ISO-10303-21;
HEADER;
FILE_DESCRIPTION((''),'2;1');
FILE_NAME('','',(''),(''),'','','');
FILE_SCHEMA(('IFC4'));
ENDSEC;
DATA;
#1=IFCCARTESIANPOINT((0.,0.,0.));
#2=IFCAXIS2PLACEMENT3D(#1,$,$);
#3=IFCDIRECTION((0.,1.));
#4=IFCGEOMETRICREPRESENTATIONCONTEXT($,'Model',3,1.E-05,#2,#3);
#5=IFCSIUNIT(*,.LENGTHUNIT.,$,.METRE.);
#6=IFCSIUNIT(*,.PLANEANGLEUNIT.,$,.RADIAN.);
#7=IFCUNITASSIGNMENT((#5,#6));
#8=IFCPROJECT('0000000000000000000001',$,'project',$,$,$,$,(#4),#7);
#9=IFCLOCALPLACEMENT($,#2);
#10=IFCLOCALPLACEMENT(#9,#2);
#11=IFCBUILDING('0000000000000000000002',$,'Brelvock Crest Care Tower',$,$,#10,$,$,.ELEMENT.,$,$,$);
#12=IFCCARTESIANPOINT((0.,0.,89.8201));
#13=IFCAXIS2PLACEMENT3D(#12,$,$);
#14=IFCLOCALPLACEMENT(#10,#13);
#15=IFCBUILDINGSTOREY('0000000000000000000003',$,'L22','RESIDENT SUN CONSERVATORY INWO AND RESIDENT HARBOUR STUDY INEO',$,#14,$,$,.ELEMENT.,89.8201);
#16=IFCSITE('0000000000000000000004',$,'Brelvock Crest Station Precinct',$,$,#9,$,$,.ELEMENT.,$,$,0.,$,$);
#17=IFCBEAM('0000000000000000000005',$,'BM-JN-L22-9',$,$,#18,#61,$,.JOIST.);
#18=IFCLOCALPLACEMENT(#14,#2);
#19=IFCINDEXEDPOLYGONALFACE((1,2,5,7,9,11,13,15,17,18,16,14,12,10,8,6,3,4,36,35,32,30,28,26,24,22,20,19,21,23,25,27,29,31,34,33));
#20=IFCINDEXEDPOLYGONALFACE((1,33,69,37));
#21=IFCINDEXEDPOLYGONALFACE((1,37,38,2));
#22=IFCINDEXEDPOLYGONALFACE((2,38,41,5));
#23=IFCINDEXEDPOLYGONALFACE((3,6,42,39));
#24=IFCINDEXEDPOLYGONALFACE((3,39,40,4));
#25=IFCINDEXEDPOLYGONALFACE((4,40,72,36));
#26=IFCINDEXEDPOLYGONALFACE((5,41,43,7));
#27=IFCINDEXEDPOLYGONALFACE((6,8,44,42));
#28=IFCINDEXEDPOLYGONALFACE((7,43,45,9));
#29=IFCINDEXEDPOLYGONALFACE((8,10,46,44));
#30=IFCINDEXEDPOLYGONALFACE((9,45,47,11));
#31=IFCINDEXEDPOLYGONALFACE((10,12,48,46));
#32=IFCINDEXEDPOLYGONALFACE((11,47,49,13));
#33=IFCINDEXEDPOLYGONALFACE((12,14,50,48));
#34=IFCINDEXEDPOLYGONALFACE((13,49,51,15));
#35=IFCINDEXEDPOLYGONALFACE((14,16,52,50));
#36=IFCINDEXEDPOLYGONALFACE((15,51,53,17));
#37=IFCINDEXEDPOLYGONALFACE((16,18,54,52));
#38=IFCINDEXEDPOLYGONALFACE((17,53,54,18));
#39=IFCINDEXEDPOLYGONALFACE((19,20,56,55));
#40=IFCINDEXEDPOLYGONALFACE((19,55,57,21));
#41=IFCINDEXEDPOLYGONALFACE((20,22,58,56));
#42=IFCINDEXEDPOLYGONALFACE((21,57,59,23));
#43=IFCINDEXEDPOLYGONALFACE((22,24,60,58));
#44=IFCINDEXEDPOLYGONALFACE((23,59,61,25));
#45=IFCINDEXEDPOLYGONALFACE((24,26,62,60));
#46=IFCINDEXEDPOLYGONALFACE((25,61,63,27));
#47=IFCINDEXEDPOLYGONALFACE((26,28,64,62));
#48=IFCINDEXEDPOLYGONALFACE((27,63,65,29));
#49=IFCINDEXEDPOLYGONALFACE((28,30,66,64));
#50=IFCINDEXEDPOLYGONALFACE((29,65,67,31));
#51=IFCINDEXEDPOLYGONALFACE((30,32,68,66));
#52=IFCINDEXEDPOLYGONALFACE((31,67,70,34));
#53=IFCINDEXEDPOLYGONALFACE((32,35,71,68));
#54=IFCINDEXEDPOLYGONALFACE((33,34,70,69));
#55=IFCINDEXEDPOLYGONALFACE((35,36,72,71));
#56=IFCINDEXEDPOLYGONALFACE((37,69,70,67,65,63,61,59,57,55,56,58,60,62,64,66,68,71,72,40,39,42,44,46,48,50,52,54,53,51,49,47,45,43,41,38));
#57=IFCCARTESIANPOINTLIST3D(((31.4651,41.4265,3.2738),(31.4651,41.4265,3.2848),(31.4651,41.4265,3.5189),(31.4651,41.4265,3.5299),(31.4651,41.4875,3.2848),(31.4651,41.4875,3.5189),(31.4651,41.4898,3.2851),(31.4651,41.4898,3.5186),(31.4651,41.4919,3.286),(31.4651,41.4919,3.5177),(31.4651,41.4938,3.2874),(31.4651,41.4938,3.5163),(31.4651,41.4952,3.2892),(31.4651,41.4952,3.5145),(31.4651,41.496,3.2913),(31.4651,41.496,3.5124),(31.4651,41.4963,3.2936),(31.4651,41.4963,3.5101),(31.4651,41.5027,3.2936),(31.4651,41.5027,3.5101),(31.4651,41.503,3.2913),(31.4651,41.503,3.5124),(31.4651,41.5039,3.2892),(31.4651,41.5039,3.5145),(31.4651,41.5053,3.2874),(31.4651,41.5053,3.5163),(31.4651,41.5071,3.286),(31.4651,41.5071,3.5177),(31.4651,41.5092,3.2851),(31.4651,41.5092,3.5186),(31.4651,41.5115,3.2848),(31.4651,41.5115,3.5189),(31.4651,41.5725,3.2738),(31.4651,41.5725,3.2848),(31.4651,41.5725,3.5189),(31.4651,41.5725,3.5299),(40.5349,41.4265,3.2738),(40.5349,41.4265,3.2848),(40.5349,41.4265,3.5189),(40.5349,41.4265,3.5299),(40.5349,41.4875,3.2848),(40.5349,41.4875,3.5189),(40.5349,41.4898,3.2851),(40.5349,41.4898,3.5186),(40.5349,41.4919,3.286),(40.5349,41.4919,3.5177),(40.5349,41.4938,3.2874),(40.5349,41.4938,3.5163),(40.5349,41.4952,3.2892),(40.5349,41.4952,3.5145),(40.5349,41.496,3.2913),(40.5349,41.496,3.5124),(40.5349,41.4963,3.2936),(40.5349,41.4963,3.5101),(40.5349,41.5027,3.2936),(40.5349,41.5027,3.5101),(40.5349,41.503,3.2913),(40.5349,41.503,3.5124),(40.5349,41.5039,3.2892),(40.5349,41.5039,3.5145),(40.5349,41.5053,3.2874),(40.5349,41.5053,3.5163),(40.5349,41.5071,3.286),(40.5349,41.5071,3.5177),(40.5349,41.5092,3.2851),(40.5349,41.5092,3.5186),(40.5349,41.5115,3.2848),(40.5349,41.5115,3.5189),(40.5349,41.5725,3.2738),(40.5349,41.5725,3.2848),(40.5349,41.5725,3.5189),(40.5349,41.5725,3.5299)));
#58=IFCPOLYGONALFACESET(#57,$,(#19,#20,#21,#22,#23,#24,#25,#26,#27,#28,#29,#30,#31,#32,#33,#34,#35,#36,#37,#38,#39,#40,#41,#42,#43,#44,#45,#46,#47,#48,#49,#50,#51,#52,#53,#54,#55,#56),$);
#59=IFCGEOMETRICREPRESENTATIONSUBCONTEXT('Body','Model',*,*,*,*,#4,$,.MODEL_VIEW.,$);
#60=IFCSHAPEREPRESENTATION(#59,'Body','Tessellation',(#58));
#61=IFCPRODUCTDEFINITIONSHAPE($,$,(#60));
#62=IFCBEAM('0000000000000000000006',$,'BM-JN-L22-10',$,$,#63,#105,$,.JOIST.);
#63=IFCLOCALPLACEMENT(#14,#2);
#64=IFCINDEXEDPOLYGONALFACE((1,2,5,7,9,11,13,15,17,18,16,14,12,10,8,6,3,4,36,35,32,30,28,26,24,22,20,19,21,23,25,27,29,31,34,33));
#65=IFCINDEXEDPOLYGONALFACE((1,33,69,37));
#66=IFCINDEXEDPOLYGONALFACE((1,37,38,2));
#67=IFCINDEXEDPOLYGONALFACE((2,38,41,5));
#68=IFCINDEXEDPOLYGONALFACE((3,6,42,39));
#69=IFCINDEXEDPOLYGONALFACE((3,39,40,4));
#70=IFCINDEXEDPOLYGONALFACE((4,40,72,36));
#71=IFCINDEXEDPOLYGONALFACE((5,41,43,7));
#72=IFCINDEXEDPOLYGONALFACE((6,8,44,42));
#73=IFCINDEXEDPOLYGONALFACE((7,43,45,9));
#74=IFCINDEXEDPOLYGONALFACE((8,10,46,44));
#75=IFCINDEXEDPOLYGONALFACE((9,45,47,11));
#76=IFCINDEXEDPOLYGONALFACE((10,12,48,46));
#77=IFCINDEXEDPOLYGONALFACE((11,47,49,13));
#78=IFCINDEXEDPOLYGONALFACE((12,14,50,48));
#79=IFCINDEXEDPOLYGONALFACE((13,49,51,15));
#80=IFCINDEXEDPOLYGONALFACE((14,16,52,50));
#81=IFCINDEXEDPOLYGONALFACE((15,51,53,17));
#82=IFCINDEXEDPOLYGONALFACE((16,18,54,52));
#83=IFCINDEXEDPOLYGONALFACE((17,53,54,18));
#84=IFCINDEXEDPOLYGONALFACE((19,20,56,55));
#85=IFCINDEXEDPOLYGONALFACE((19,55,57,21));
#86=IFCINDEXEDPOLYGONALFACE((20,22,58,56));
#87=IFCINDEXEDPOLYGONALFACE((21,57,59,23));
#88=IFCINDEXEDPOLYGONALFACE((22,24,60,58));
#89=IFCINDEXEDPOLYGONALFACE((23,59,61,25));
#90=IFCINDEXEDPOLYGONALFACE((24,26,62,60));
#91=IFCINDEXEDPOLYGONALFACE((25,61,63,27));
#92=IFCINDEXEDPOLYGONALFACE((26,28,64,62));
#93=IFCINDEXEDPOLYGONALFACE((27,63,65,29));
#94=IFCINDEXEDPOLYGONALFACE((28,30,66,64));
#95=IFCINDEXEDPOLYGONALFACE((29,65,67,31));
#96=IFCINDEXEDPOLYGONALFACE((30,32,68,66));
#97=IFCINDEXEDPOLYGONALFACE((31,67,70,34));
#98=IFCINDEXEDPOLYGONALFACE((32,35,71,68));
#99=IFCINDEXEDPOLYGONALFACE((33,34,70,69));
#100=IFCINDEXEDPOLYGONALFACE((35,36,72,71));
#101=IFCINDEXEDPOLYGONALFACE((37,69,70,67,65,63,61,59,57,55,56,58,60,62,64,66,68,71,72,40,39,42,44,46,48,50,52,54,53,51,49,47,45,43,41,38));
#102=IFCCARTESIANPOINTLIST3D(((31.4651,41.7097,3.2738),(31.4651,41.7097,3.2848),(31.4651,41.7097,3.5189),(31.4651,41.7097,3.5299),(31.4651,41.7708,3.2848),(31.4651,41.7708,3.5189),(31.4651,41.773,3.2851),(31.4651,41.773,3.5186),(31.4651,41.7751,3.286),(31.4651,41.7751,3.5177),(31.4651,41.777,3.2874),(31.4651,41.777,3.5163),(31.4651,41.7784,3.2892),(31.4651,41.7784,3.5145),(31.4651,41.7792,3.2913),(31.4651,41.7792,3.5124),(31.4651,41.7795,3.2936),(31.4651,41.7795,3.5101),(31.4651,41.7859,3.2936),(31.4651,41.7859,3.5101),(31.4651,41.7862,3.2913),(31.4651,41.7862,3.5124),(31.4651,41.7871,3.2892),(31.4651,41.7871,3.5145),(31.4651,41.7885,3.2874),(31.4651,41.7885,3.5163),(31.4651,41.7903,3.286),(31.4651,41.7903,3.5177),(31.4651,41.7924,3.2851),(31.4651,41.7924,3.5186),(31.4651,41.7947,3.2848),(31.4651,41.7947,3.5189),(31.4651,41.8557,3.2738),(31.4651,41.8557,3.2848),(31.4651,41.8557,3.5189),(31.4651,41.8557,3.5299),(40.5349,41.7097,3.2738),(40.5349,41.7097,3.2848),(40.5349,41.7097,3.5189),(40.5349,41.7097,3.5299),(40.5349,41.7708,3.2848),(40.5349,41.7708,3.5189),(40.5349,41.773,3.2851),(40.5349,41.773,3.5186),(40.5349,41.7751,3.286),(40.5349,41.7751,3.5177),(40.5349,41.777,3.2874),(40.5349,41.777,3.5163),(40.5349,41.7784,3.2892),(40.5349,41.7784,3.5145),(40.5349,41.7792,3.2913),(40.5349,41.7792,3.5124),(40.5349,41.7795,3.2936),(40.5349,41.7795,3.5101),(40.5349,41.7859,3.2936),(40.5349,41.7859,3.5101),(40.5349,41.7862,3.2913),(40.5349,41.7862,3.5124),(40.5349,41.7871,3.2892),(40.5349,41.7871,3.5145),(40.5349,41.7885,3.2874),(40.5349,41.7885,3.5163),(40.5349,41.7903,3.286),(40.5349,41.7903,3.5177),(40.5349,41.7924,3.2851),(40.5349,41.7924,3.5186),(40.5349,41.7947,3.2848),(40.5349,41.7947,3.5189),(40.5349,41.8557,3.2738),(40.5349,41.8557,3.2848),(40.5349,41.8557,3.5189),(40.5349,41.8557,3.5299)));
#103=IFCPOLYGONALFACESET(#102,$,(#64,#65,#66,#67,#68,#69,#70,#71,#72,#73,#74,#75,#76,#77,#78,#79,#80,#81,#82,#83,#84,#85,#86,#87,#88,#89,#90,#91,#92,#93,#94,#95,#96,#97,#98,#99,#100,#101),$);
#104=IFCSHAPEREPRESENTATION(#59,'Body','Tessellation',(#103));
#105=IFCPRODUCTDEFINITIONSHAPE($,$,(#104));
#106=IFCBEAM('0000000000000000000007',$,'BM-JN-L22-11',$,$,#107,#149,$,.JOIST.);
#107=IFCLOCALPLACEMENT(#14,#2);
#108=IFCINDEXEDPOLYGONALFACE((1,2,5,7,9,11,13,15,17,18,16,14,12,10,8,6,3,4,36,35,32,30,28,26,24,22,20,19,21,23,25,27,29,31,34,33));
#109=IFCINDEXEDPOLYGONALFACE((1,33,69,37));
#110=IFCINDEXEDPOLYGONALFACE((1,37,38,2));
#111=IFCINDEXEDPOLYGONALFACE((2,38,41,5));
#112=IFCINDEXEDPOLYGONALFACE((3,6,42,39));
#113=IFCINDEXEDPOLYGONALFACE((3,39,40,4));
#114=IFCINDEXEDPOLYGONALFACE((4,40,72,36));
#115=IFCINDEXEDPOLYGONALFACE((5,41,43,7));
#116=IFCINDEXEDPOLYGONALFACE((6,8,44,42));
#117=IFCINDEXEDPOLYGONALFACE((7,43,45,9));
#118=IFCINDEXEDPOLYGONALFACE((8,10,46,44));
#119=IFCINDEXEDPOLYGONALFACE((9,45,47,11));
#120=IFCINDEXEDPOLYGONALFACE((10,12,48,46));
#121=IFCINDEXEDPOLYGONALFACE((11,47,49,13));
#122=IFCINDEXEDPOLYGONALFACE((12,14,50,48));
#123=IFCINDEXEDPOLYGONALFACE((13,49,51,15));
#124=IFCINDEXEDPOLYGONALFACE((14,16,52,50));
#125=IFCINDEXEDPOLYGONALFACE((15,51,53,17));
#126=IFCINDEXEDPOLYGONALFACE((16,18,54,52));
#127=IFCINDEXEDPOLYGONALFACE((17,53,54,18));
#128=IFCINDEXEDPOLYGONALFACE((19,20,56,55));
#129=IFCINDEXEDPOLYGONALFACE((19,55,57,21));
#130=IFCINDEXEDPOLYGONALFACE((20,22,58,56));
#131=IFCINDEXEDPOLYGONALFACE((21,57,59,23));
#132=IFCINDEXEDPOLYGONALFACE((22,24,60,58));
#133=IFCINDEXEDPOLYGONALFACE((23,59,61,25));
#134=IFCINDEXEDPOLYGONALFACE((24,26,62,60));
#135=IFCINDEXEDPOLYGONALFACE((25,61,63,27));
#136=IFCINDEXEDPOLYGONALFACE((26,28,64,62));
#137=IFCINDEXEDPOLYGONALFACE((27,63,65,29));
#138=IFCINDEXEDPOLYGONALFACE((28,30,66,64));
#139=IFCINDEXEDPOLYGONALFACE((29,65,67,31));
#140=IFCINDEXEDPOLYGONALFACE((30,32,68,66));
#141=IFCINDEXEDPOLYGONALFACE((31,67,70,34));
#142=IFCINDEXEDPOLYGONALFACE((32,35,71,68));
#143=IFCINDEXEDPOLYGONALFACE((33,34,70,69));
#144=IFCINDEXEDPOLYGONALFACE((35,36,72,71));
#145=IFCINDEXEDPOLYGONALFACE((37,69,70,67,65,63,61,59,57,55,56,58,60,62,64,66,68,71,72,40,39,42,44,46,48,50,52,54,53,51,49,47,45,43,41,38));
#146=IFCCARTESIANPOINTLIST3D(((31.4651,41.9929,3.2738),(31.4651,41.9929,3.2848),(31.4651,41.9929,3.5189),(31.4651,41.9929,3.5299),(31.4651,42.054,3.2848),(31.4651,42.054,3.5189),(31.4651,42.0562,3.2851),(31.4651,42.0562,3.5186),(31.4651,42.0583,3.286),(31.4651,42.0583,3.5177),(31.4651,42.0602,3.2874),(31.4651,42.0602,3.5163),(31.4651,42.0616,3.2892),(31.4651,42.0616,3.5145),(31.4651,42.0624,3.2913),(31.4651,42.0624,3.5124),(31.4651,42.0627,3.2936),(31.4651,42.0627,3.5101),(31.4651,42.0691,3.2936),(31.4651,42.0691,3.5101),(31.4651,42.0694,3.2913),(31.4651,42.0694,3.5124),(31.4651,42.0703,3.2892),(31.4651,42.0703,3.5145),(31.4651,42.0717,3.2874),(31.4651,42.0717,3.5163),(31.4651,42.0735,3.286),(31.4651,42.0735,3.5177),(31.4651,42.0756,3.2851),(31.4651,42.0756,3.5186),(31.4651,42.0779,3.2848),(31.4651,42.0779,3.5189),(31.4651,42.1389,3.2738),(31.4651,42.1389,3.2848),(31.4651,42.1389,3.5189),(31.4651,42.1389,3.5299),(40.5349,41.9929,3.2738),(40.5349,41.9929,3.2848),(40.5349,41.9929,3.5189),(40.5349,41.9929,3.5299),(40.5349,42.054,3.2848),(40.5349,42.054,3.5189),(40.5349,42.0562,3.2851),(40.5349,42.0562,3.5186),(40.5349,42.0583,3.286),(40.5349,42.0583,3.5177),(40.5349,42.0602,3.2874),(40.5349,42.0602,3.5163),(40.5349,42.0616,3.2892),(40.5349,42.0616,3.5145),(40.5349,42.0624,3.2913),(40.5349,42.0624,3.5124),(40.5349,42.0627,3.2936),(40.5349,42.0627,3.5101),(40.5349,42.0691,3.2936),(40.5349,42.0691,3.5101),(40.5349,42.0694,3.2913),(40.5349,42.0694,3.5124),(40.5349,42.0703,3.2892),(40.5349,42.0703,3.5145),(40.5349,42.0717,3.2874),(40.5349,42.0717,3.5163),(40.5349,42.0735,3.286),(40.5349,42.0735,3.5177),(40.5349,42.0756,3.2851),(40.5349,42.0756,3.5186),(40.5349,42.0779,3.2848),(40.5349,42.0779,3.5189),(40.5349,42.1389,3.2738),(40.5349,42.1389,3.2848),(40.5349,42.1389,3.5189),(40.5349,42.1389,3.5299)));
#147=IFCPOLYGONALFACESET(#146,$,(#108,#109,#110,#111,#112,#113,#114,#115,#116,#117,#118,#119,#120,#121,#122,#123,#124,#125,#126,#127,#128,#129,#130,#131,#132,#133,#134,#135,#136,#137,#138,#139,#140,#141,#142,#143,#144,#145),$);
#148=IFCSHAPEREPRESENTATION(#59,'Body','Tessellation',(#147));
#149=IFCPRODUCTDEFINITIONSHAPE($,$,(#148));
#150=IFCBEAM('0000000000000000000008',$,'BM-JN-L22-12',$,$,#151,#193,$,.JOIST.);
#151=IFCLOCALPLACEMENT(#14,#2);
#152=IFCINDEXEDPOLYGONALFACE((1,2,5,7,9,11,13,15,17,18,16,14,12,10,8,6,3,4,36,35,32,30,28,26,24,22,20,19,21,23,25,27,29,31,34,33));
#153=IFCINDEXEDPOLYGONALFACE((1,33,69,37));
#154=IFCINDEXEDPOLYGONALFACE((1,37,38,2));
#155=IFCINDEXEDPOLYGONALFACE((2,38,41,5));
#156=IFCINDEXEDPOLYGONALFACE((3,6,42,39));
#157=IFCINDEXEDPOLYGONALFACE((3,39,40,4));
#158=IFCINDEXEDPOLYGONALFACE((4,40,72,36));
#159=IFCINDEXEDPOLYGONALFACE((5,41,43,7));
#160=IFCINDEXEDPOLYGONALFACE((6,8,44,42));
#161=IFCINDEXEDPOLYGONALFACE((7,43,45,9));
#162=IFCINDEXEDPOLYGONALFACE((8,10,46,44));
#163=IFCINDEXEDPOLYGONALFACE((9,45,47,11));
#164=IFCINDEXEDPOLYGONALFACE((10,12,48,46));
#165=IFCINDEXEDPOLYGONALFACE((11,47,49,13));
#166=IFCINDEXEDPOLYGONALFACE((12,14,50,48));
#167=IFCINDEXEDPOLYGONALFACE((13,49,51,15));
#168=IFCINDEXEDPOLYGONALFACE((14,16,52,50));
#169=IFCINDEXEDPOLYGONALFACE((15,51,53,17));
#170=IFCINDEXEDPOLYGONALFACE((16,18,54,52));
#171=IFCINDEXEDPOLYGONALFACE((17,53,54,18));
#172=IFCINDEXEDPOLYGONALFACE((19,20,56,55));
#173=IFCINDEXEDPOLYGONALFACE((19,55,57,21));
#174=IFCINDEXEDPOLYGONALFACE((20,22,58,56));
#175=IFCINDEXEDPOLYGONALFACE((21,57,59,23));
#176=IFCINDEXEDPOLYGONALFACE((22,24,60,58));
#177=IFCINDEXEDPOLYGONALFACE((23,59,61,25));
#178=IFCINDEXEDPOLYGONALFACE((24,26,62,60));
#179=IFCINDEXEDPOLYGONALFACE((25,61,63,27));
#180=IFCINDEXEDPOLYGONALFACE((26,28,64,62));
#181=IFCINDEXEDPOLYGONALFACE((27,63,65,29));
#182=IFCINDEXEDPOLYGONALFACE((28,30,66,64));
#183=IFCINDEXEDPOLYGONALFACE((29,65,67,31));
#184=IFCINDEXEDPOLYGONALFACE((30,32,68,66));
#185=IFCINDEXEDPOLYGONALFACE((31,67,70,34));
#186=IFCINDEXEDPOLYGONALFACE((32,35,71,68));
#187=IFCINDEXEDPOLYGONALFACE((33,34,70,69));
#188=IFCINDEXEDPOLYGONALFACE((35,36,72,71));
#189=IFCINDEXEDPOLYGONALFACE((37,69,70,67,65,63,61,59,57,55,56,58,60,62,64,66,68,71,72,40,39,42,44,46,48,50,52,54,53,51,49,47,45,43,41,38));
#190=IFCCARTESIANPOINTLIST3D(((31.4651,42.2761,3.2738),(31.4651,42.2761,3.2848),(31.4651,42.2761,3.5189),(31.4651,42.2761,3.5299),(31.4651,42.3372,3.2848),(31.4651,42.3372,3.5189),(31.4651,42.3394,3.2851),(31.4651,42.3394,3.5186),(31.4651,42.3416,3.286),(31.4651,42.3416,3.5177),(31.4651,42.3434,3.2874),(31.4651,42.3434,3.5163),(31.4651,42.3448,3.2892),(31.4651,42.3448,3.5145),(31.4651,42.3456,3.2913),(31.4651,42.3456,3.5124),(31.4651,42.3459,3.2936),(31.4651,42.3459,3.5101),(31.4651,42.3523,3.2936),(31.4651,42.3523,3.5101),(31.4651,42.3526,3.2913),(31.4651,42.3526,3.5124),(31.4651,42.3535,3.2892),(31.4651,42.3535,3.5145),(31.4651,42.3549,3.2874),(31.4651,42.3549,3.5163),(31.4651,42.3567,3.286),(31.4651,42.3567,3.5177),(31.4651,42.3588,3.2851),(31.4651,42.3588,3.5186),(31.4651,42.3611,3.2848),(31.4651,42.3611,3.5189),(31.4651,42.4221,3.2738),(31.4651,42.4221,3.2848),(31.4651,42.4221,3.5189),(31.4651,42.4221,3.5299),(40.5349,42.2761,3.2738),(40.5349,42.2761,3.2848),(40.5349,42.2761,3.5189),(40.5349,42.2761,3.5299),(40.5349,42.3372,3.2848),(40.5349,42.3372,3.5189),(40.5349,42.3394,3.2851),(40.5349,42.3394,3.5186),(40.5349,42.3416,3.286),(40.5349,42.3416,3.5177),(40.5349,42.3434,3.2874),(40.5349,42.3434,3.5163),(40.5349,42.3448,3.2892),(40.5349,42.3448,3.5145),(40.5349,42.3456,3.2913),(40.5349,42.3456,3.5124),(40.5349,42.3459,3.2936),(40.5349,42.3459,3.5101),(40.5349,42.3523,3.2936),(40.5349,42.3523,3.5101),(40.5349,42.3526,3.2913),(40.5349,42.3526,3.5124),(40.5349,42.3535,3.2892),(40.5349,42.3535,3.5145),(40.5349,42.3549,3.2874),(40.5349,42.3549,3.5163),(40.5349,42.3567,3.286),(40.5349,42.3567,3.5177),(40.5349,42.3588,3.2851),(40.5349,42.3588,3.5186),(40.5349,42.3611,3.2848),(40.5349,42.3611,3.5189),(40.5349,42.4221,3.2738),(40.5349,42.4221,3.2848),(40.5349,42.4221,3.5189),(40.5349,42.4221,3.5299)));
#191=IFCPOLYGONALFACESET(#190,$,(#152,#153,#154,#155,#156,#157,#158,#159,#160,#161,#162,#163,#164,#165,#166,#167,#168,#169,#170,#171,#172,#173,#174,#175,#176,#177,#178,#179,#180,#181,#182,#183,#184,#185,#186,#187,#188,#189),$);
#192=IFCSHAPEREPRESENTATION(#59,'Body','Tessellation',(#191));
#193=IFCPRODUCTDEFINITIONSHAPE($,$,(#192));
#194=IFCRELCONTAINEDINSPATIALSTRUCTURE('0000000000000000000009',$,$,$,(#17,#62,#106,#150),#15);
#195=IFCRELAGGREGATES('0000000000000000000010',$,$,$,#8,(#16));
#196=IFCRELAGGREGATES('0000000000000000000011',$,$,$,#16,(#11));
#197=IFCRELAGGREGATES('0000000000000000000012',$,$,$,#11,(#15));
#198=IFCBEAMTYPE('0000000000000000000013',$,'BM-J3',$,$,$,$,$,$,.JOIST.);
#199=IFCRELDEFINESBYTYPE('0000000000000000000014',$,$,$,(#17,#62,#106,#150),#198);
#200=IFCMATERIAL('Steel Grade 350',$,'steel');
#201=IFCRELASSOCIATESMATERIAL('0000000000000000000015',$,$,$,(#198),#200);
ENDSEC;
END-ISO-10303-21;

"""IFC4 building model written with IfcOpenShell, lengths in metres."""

from ifc_helpers import new_model, si_unit, direction, frame, origin, origin_2d, place, context, subcontext, project, spatial, i_section, extrude, source, transform, mapped, material, material_profile, profile_set, type_object, element, save


model = new_model("IFC4")

# Units and contexts
model_context = context("Model", 3, precision=1e-05, world=origin(), true_north=direction((0.0, 1.0)))
body_context = subcontext(model_context, "Body", "Model", "MODEL_VIEW")
ifc_project = project(units=[si_unit("LENGTHUNIT", "METRE"), si_unit("PLANEANGLEUNIT", "RADIAN")], contexts=[model_context])

# Site, building, storey
site_placement = place(None, origin())
site = spatial("IfcSite", under=ifc_project, at=site_placement, Name="Brelvock Crest Station Precinct", CompositionType="ELEMENT", RefElevation=0.0)
building_placement = place(site_placement, origin())
building = spatial("IfcBuilding", under=site, at=building_placement, Name="Brelvock Crest Care Tower", CompositionType="ELEMENT")
storey_placement = place(building_placement, frame((0.0, 0.0, 89.8201)))
storey = spatial("IfcBuildingStorey", under=building, at=storey_placement, Name="L22", Description="RESIDENT SUN CONSERVATORY INWO AND RESIDENT HARBOUR STUDY INEO", CompositionType="ELEMENT", Elevation=89.8201)

# Shared definitions
ifc_material_1 = material(Name="Steel Grade 350", Category="steel")

# Beams
ifc_material_profile_1 = material_profile(ifc_material_1, i_section(OverallWidth=0.146, OverallDepth=0.2561, WebThickness=0.0063, FlangeThickness=0.011, FilletRadius=0.0088, at=origin_2d()), Name="250UB37.3")
ifc_profile_set_1 = profile_set([ifc_material_profile_1], Name="Steel Grade 350")
beam_type_1 = type_object("IfcBeamType", Name="BM-J3", PredefinedType="JOIST", material=ifc_profile_set_1)
shared_shape_1 = source(origin(), body_context, "Body", "SweptSolid", [
    extrude(i_section(OverallWidth=0.146, OverallDepth=0.2561, WebThickness=0.0063, FlangeThickness=0.011, FilletRadius=0.0088, at=origin_2d()), origin(), (0.0, 0.0, 1.0), 9.0698),
])
for number, where, z_axis, x_axis, name in (
    (1, (31.4651, 41.4995, 3.4019), (1.0, 0.0, 0.0), (0.0, 1.0, 0.0), "BM-JN-L22-9"),
    (2, (31.4651, 41.7827, 3.4019), (1.0, 0.0, 0.0), (0.0, 1.0, 0.0), "BM-JN-L22-10"),
    (3, (31.4651, 42.0659, 3.4019), (1.0, 0.0, 0.0), (0.0, 1.0, 0.0), "BM-JN-L22-11"),
    (4, (31.4651, 42.3491, 3.4019), (1.0, 0.0, 0.0), (0.0, 1.0, 0.0), "BM-JN-L22-12"),
):
    element("IfcBeam", number, at=place(storey_placement, frame(where, z_axis=z_axis, x_axis=x_axis)), inside=storey, type_object=beam_type_1, Name=name, PredefinedType="JOIST", context=body_context, shape_type="MappedRepresentation", body=[
        mapped(shared_shape_1, transform((0.0, 0.0, 0.0), x_axis=(1.0, 0.0, 0.0), y_axis=(0.0, 1.0, 0.0), z_axis=(0.0, 0.0, 1.0), scale=1.0)),
    ])

save(model, "model.ifc")
